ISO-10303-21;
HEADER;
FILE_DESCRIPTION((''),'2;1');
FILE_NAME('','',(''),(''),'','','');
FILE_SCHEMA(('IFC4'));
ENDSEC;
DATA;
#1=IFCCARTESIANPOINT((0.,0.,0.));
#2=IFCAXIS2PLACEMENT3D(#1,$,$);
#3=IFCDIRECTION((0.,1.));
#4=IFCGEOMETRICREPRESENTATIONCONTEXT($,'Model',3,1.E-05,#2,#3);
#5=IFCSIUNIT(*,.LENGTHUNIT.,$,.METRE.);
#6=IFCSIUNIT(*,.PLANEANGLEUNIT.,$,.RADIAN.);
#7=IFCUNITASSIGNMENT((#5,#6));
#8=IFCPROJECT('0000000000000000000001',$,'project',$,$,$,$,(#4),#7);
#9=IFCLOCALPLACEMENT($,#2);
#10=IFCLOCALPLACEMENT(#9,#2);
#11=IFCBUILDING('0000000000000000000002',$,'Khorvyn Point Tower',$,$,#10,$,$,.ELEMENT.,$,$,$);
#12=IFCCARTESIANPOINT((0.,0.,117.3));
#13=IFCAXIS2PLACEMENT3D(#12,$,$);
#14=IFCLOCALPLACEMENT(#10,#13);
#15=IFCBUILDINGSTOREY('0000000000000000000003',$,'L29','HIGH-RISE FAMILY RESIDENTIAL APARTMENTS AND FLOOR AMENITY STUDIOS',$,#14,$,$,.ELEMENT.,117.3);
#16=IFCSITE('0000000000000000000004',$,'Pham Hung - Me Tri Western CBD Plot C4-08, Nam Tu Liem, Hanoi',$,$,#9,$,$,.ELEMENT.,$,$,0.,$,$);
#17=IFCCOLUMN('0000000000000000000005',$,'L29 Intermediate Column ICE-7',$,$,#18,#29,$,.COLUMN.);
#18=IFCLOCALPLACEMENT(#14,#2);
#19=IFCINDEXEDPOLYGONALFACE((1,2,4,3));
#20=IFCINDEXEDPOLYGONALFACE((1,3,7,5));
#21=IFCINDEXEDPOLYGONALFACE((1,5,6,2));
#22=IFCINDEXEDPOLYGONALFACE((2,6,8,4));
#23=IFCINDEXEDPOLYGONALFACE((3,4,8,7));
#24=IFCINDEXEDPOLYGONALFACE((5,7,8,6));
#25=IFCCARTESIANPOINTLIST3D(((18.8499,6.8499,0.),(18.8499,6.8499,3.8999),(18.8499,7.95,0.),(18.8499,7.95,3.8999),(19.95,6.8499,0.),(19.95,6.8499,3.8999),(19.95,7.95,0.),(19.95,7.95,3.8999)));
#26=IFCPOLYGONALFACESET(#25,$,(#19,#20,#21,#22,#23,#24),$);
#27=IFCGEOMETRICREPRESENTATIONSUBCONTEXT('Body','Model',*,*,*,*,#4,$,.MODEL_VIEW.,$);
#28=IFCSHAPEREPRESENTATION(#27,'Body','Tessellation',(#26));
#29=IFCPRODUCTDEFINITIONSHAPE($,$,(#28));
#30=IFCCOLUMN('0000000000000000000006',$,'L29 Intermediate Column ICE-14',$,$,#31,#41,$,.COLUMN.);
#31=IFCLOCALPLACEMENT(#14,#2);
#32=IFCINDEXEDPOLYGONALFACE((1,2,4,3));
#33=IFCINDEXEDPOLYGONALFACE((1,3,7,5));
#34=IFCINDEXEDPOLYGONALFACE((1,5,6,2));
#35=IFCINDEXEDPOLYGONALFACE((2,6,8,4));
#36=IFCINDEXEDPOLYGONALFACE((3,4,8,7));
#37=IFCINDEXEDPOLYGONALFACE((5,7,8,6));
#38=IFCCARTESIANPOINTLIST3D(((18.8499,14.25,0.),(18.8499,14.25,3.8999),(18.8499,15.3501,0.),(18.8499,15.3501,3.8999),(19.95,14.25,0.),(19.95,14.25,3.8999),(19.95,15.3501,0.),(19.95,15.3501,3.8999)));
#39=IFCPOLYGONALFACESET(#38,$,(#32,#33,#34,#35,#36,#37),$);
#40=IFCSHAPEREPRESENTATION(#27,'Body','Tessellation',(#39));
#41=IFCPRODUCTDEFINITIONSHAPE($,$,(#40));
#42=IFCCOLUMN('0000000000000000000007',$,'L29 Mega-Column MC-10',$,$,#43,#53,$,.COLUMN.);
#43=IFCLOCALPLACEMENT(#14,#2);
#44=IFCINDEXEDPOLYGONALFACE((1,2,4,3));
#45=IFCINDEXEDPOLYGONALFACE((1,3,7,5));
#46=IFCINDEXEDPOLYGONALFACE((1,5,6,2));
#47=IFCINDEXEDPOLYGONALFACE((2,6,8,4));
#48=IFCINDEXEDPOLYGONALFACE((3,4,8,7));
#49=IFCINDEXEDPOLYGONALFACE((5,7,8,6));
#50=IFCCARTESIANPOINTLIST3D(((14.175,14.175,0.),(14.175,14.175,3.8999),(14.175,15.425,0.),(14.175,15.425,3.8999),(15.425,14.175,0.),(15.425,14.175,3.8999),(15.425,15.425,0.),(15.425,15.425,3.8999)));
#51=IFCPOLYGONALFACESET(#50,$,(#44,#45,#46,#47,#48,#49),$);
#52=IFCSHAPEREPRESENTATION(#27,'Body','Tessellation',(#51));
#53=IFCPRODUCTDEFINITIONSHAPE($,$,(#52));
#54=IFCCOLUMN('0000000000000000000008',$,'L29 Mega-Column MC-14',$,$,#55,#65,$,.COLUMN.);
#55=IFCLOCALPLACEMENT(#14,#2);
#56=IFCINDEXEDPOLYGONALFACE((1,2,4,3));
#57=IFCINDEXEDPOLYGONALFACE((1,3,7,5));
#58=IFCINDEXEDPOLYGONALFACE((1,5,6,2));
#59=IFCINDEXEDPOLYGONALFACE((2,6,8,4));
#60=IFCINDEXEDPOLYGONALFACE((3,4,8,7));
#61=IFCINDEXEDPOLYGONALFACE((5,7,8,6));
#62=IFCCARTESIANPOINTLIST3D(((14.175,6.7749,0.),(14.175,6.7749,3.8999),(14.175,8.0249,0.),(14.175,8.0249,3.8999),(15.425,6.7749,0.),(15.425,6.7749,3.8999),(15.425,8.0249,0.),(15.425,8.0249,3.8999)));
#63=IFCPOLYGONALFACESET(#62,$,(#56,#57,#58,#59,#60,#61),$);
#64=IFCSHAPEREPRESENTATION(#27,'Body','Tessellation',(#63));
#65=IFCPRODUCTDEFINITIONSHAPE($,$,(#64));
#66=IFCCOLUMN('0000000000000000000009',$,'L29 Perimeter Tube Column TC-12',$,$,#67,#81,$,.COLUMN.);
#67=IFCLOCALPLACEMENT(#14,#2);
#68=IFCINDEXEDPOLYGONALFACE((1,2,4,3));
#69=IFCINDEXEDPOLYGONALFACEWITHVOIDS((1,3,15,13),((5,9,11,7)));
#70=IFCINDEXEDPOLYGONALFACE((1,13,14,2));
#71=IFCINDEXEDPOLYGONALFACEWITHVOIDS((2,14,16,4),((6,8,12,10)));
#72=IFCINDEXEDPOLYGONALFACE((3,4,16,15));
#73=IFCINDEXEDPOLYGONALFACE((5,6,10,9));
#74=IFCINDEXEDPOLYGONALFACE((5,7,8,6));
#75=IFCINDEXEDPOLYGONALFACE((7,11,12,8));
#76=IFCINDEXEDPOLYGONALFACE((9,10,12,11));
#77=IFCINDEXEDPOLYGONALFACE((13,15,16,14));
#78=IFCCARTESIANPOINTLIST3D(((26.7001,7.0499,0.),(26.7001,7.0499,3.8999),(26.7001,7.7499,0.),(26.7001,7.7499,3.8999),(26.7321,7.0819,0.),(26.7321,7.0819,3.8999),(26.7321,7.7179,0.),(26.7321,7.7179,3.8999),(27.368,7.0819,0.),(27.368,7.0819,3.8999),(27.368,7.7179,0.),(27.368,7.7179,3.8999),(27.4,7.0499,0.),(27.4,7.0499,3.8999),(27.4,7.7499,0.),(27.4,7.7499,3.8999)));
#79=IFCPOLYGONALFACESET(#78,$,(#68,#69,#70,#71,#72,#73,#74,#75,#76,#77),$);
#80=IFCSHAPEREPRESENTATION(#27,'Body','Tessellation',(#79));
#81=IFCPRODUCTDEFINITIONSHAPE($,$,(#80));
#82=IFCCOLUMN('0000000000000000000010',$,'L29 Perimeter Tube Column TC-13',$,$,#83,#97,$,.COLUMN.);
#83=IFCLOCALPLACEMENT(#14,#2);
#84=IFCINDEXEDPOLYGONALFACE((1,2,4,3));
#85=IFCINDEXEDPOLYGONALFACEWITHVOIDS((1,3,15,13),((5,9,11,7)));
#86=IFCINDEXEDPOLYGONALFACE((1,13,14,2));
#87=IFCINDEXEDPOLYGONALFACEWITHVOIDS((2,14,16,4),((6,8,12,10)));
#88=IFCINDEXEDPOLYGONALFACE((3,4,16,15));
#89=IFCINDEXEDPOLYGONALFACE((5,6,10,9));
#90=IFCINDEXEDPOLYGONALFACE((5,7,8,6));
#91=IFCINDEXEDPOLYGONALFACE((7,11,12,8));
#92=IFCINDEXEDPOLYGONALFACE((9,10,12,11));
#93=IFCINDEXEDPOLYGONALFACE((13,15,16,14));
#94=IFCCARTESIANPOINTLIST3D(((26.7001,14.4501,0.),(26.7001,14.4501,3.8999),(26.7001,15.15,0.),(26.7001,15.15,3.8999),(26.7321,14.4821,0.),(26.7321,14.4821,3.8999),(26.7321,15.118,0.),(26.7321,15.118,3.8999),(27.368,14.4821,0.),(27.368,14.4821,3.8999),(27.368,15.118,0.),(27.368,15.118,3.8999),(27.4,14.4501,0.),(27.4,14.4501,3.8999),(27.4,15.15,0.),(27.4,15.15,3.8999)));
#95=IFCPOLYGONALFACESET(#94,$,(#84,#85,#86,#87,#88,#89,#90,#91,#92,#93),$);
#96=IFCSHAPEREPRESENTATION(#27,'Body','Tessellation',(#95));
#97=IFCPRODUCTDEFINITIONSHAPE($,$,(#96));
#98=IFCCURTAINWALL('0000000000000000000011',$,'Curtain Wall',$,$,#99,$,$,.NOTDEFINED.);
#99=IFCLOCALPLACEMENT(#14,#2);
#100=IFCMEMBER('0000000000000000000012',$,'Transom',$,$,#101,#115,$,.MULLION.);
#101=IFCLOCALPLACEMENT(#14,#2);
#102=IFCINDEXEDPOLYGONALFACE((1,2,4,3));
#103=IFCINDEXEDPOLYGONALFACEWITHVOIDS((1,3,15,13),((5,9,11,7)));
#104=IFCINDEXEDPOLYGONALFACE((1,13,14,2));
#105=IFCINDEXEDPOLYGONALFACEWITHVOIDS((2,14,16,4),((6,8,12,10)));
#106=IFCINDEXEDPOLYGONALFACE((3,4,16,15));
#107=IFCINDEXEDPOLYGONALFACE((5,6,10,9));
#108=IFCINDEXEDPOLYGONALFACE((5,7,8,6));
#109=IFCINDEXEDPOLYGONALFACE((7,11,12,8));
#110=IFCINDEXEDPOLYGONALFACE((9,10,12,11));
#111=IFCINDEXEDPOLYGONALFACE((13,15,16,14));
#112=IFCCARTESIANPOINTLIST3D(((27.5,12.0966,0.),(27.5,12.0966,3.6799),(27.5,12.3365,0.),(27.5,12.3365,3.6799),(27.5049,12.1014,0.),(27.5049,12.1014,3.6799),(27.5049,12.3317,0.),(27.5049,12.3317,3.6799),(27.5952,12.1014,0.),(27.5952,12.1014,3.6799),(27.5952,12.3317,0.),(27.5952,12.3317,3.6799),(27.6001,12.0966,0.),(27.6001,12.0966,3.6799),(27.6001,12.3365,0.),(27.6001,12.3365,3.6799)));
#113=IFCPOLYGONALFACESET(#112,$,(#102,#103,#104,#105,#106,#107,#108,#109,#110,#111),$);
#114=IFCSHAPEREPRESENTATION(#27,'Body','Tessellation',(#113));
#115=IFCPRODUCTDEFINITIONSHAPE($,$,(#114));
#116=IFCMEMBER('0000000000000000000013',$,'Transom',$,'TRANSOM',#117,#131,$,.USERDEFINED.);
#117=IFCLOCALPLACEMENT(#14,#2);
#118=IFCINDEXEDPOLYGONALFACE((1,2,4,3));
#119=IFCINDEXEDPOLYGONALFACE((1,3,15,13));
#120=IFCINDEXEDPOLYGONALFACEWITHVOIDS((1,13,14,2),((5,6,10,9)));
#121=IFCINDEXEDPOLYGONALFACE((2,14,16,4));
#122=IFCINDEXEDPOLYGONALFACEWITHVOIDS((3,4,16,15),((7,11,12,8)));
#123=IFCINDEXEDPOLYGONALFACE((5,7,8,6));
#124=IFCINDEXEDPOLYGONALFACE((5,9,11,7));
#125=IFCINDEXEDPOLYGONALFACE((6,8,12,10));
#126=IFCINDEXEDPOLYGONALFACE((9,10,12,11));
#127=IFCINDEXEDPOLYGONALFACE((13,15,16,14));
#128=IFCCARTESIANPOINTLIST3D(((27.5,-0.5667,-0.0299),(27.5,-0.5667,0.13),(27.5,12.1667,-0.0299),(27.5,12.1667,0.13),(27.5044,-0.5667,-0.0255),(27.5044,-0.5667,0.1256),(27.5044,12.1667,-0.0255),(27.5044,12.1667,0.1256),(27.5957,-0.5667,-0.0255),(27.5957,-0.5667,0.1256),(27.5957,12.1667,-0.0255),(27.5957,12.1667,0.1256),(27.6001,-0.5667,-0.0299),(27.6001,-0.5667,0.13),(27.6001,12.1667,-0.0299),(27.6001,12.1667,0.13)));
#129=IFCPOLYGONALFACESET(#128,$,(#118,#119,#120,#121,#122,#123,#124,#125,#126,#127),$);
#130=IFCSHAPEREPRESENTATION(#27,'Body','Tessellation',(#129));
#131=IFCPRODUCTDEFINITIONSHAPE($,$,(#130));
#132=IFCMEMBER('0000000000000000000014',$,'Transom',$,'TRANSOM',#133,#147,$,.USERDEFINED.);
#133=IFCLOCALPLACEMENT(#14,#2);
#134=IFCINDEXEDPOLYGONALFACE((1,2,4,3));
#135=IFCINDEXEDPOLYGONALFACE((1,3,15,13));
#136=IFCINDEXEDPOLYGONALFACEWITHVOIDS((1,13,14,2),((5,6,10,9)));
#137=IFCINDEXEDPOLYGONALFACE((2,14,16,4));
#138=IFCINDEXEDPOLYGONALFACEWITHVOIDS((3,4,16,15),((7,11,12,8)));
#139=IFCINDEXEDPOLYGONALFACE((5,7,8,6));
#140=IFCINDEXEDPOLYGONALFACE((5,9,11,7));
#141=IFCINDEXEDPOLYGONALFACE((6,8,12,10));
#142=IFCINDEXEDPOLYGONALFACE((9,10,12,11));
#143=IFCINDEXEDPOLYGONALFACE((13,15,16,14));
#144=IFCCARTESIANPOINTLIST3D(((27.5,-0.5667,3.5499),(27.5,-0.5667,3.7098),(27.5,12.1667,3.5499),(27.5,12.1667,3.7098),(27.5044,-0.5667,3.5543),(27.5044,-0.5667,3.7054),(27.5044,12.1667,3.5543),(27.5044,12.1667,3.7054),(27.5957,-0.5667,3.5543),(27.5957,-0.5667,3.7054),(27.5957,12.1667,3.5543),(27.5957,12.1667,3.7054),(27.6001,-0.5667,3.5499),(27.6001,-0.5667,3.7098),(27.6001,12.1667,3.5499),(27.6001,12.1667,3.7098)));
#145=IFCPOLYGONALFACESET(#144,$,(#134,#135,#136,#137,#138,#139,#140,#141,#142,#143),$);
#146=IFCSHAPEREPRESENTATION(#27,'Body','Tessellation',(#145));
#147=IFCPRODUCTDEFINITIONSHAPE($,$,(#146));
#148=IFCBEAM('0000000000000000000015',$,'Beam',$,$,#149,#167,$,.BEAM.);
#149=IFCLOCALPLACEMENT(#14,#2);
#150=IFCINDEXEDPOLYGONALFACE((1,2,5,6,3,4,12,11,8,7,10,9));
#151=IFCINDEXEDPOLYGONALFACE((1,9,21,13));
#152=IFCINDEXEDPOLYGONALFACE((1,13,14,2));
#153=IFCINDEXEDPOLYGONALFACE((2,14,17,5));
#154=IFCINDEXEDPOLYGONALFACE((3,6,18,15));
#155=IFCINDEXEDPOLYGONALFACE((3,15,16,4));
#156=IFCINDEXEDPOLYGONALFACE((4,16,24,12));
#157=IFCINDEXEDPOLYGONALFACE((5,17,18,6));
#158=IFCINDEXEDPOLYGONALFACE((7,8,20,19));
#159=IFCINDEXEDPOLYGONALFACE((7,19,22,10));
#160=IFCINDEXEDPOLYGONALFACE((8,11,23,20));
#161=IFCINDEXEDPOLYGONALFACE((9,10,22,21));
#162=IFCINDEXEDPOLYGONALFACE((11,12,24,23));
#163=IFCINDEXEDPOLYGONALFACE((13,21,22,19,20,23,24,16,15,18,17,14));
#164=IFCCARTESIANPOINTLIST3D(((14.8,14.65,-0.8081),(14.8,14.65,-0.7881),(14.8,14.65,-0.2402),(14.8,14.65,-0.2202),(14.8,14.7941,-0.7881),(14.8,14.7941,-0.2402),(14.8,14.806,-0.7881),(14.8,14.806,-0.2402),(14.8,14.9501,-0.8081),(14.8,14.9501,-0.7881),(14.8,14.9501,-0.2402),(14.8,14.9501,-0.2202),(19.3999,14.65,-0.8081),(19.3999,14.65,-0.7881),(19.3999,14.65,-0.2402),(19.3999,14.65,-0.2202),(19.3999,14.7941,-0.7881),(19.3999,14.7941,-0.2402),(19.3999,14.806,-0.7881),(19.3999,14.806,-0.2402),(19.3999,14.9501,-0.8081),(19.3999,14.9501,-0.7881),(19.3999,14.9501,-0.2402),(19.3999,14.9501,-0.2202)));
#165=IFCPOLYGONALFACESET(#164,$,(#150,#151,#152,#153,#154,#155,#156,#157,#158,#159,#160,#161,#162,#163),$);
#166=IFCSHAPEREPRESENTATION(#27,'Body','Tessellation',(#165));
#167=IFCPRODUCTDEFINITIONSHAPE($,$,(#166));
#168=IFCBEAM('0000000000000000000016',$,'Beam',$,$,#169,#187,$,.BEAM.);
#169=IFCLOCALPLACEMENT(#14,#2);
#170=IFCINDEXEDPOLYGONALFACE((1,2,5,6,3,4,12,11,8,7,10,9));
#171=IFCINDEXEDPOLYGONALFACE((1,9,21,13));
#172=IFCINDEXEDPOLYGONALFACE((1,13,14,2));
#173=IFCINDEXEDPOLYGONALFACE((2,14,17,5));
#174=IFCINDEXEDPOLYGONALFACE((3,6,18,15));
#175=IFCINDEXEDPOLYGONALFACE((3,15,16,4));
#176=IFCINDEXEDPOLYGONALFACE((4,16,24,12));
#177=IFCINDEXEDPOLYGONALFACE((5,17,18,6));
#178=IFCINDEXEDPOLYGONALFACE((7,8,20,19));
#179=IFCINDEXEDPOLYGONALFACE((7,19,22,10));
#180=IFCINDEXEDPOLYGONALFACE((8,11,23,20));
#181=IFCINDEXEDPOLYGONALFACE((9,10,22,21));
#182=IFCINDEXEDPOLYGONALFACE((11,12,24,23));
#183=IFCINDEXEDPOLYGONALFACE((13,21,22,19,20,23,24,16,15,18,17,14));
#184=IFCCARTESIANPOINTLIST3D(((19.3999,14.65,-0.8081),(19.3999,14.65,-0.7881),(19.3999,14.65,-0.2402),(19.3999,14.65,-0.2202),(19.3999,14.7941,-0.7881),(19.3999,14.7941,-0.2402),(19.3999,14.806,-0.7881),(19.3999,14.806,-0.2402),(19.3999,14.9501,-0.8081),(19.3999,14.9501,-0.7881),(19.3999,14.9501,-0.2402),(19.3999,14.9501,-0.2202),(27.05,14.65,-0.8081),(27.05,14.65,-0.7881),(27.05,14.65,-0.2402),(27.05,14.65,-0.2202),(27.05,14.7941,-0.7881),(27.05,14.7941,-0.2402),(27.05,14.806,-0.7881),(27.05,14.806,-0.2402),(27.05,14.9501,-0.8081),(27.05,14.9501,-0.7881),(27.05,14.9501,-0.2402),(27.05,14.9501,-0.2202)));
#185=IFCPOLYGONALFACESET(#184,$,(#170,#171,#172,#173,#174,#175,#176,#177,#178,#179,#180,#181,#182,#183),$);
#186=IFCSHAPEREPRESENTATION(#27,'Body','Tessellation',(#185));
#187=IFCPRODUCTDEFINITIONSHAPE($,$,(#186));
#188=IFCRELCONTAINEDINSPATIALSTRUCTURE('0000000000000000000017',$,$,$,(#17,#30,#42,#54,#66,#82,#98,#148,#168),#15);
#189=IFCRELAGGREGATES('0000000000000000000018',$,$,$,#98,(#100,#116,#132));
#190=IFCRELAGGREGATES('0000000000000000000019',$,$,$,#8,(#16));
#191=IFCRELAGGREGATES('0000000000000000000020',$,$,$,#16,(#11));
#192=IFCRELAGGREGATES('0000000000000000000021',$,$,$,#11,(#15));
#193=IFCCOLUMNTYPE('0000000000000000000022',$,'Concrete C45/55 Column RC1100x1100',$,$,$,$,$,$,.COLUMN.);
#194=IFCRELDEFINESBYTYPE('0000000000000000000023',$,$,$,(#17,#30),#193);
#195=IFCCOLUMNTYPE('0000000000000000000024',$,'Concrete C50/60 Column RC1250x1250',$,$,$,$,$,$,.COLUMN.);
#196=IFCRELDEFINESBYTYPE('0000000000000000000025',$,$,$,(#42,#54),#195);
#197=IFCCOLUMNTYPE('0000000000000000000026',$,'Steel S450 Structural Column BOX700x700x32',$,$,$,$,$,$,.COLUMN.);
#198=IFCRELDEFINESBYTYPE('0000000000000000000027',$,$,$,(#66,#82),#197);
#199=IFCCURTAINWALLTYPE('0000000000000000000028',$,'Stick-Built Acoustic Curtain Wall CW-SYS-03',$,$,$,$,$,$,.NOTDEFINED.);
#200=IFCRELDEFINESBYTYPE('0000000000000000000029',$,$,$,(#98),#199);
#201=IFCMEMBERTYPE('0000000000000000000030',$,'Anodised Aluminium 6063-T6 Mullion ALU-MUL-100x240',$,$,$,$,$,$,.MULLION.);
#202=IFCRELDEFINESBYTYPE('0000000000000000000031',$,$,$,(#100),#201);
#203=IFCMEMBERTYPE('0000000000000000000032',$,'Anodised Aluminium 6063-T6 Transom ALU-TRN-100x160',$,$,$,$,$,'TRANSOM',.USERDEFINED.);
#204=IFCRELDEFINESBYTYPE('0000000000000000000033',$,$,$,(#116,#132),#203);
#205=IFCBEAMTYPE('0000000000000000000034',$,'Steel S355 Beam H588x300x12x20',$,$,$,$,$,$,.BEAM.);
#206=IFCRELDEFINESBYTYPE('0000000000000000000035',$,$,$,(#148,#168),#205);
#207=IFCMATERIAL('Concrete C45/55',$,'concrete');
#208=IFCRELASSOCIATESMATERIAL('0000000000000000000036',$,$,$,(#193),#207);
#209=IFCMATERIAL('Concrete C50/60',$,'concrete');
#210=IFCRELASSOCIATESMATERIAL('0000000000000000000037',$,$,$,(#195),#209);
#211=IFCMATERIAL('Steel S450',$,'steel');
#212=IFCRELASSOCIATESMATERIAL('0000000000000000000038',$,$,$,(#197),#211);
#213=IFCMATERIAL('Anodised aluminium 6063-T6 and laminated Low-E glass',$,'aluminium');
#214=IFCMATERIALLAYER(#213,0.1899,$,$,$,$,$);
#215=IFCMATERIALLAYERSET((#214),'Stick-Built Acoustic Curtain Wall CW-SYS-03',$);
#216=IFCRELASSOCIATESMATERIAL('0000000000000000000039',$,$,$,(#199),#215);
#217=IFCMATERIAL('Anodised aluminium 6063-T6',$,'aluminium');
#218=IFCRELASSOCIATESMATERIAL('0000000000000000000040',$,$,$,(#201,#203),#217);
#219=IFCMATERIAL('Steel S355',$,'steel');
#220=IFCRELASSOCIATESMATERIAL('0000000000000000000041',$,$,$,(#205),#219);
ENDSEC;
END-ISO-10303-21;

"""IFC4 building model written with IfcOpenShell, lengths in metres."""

from ifc_helpers import new_model, si_unit, direction, frame, origin, origin_2d, place, context, subcontext, project, spatial, rectangle, hollow_rectangle, i_section, extrude, material, layer, layer_set, material_profile, profile_set, type_object, element, aggregate, save


model = new_model("IFC4")

# Units and contexts
model_context = context("Model", 3, precision=1e-05, world=origin(), true_north=direction((0.0, 1.0)))
body_context = subcontext(model_context, "Body", "Model", "MODEL_VIEW")
ifc_project = project(units=[si_unit("LENGTHUNIT", "METRE"), si_unit("PLANEANGLEUNIT", "RADIAN")], contexts=[model_context])

# Site, building, storey
site_placement = place(None, origin())
site = spatial("IfcSite", under=ifc_project, at=site_placement, Name="Pham Hung - Me Tri Western CBD Plot C4-08, Nam Tu Liem, Hanoi", CompositionType="ELEMENT", RefElevation=0.0)
building_placement = place(site_placement, origin())
building = spatial("IfcBuilding", under=site, at=building_placement, Name="Khorvyn Point Tower", CompositionType="ELEMENT")
storey_placement = place(building_placement, frame((0.0, 0.0, 117.3)))
storey = spatial("IfcBuildingStorey", under=building, at=storey_placement, Name="L29", Description="HIGH-RISE FAMILY RESIDENTIAL APARTMENTS AND FLOOR AMENITY STUDIOS", CompositionType="ELEMENT", Elevation=117.3)

# Columns
ifc_material_1 = material(Name="Concrete C45/55", Category="concrete")
ifc_material_profile_1 = material_profile(ifc_material_1, rectangle(XDim=1.1001, YDim=1.1001, at=origin_2d()))
ifc_profile_set_1 = profile_set([ifc_material_profile_1], Name="Concrete C45/55 RC1100x1100")
column_type_1 = type_object("IfcColumnType", Name="Concrete C45/55 Column RC1100x1100", PredefinedType="COLUMN", material=ifc_profile_set_1)
for number, where, z_axis, x_axis, name in (
    (1, (19.3999, 7.3999, 0.0), (0.0, 0.0, 1.0), (1.0, 0.0, 0.0), "L29 Intermediate Column ICE-7"),
    (2, (19.3999, 14.8, 0.0), (0.0, 0.0, 1.0), (1.0, 0.0, 0.0), "L29 Intermediate Column ICE-14"),
):
    element("IfcColumn", number, at=place(storey_placement, frame(where, z_axis=z_axis, x_axis=x_axis)), inside=storey, type_object=column_type_1, Name=name, PredefinedType="COLUMN", context=body_context, shape_type="SweptSolid", body=[
        extrude(rectangle(XDim=1.1001, YDim=1.1001, at=origin_2d()), origin(), (0.0, 0.0, 1.0), 3.8999),
    ])
ifc_material_2 = material(Name="Concrete C50/60", Category="concrete")
ifc_material_profile_2 = material_profile(ifc_material_2, rectangle(XDim=1.25, YDim=1.25, at=origin_2d()))
ifc_profile_set_2 = profile_set([ifc_material_profile_2], Name="Concrete C50/60 RC1250x1250")
column_type_2 = type_object("IfcColumnType", Name="Concrete C50/60 Column RC1250x1250", PredefinedType="COLUMN", material=ifc_profile_set_2)
for number, where, z_axis, x_axis, name in (
    (3, (14.8, 14.8, 0.0), (0.0, 0.0, 1.0), (1.0, 0.0, 0.0), "L29 Mega-Column MC-10"),
    (4, (14.8, 7.3999, 0.0), (0.0, 0.0, 1.0), (1.0, 0.0, 0.0), "L29 Mega-Column MC-14"),
):
    element("IfcColumn", number, at=place(storey_placement, frame(where, z_axis=z_axis, x_axis=x_axis)), inside=storey, type_object=column_type_2, Name=name, PredefinedType="COLUMN", context=body_context, shape_type="SweptSolid", body=[
        extrude(rectangle(XDim=1.25, YDim=1.25, at=origin_2d()), origin(), (0.0, 0.0, 1.0), 3.8999),
    ])
ifc_material_3 = material(Name="Steel S450", Category="steel")
ifc_material_profile_3 = material_profile(ifc_material_3, hollow_rectangle(XDim=0.7, YDim=0.7, WallThickness=0.032, at=origin_2d()))
ifc_profile_set_3 = profile_set([ifc_material_profile_3], Name="Steel S450 BOX700x700x32")
column_type_3 = type_object("IfcColumnType", Name="Steel S450 Structural Column BOX700x700x32", PredefinedType="COLUMN", material=ifc_profile_set_3)
for number, where, z_axis, x_axis, name in (
    (5, (27.05, 7.3999, 0.0), (0.0, 0.0, 1.0), (1.0, 0.0, 0.0), "L29 Perimeter Tube Column TC-12"),
    (6, (27.05, 14.8, 0.0), (0.0, 0.0, 1.0), (1.0, 0.0, 0.0), "L29 Perimeter Tube Column TC-13"),
):
    element("IfcColumn", number, at=place(storey_placement, frame(where, z_axis=z_axis, x_axis=x_axis)), inside=storey, type_object=column_type_3, Name=name, PredefinedType="COLUMN", context=body_context, shape_type="SweptSolid", body=[
        extrude(hollow_rectangle(XDim=0.7, YDim=0.7, WallThickness=0.032, at=origin_2d()), origin(), (0.0, 0.0, 1.0), 3.8999),
    ])

# Curtain wall, members
ifc_material_4 = material(Name="Anodised aluminium 6063-T6 and laminated Low-E glass", Category="aluminium")
ifc_layer_1 = layer(ifc_material_4, 0.1899)
ifc_layer_set_1 = layer_set([ifc_layer_1], Name="Stick-Built Acoustic Curtain Wall CW-SYS-03")
curtain_wall_type = type_object("IfcCurtainWallType", Name="Stick-Built Acoustic Curtain Wall CW-SYS-03", PredefinedType="NOTDEFINED", material=ifc_layer_set_1)
curtain_wall_placement = place(storey_placement, origin())
curtain_wall = element("IfcCurtainWall", 7, at=curtain_wall_placement, inside=storey, type_object=curtain_wall_type, Name="Curtain Wall", PredefinedType="NOTDEFINED")
ifc_material_5 = material(Name="Anodised aluminium 6063-T6", Category="aluminium")
ifc_material_profile_4 = material_profile(ifc_material_5, hollow_rectangle(XDim=0.1001, YDim=0.24, WallThickness=0.0049, at=origin_2d()))
ifc_profile_set_4 = profile_set([ifc_material_profile_4], Name="Anodised aluminium 6063-T6 ALU-MUL-100x240")
member_type_1 = type_object("IfcMemberType", Name="Anodised Aluminium 6063-T6 Mullion ALU-MUL-100x240", PredefinedType="MULLION", material=ifc_profile_set_4)
member_1_placement = place(storey_placement, frame((27.55, 12.2166, 0.0), z_axis=(0.0, 0.0, 1.0), x_axis=(1.0, 0.0, 0.0)))
member_1 = element("IfcMember", 8, at=member_1_placement, type_object=member_type_1, Name="Transom", PredefinedType="MULLION", context=body_context, shape_type="SweptSolid", body=[
    extrude(hollow_rectangle(XDim=0.1001, YDim=0.24, WallThickness=0.0049, at=origin_2d()), origin(), (0.0, 0.0, 1.0), 3.6799),
])
ifc_material_profile_5 = material_profile(ifc_material_5, hollow_rectangle(XDim=0.1001, YDim=0.1599, WallThickness=0.0044, at=origin_2d()))
ifc_profile_set_5 = profile_set([ifc_material_profile_5], Name="Anodised aluminium 6063-T6 ALU-TRN-100x160")
member_type_2 = type_object("IfcMemberType", Name="Anodised Aluminium 6063-T6 Transom ALU-TRN-100x160", ElementType="TRANSOM", PredefinedType="USERDEFINED", material=ifc_profile_set_5)
member_2_placement = place(storey_placement, frame((27.55, 12.1667, 0.05), z_axis=(0.0, -1.0, 0.0), x_axis=(1.0, 0.0, 0.0)))
member_2 = element("IfcMember", 9, at=member_2_placement, type_object=member_type_2, Name="Transom", ObjectType="TRANSOM", PredefinedType="USERDEFINED", context=body_context, shape_type="SweptSolid", body=[
    extrude(hollow_rectangle(XDim=0.1001, YDim=0.1599, WallThickness=0.0044, at=origin_2d()), origin(), (0.0, 0.0, 1.0), 12.7334),
])
member_3_placement = place(storey_placement, frame((27.55, 12.1667, 3.6299), z_axis=(0.0, -1.0, 0.0), x_axis=(1.0, 0.0, 0.0)))
member_3 = element("IfcMember", 10, at=member_3_placement, type_object=member_type_2, Name="Transom", ObjectType="TRANSOM", PredefinedType="USERDEFINED", context=body_context, shape_type="SweptSolid", body=[
    extrude(hollow_rectangle(XDim=0.1001, YDim=0.1599, WallThickness=0.0044, at=origin_2d()), origin(), (0.0, 0.0, 1.0), 12.7334),
])
aggregate(curtain_wall, [member_1, member_2, member_3])

# Beams
ifc_material_6 = material(Name="Steel S355", Category="steel")
ifc_material_profile_6 = material_profile(ifc_material_6, i_section(OverallWidth=0.3, OverallDepth=0.5879, WebThickness=0.012, FlangeThickness=0.02, at=origin_2d()))
ifc_profile_set_6 = profile_set([ifc_material_profile_6], Name="Steel S355 H588x300x12x20")
beam_type_1 = type_object("IfcBeamType", Name="Steel S355 Beam H588x300x12x20", PredefinedType="BEAM", material=ifc_profile_set_6)
beam_1_placement = place(storey_placement, frame((14.8, 14.8, -0.5142), z_axis=(1.0, 0.0, 0.0), x_axis=(0.0, 1.0, 0.0)))
element("IfcBeam", 11, at=beam_1_placement, inside=storey, type_object=beam_type_1, Name="Beam", PredefinedType="BEAM", context=body_context, shape_type="SweptSolid", body=[
    extrude(i_section(OverallWidth=0.3, OverallDepth=0.5879, WebThickness=0.012, FlangeThickness=0.02, at=origin_2d()), origin(), (0.0, 0.0, 1.0), 4.5999),
])
beam_2_placement = place(storey_placement, frame((19.3999, 14.8, -0.5142), z_axis=(1.0, 0.0, 0.0), x_axis=(0.0, 1.0, 0.0)))
element("IfcBeam", 12, at=beam_2_placement, inside=storey, type_object=beam_type_1, Name="Beam", PredefinedType="BEAM", context=body_context, shape_type="SweptSolid", body=[
    extrude(i_section(OverallWidth=0.3, OverallDepth=0.5879, WebThickness=0.012, FlangeThickness=0.02, at=origin_2d()), origin(), (0.0, 0.0, 1.0), 7.6501),
])

save(model, "model.ifc")
